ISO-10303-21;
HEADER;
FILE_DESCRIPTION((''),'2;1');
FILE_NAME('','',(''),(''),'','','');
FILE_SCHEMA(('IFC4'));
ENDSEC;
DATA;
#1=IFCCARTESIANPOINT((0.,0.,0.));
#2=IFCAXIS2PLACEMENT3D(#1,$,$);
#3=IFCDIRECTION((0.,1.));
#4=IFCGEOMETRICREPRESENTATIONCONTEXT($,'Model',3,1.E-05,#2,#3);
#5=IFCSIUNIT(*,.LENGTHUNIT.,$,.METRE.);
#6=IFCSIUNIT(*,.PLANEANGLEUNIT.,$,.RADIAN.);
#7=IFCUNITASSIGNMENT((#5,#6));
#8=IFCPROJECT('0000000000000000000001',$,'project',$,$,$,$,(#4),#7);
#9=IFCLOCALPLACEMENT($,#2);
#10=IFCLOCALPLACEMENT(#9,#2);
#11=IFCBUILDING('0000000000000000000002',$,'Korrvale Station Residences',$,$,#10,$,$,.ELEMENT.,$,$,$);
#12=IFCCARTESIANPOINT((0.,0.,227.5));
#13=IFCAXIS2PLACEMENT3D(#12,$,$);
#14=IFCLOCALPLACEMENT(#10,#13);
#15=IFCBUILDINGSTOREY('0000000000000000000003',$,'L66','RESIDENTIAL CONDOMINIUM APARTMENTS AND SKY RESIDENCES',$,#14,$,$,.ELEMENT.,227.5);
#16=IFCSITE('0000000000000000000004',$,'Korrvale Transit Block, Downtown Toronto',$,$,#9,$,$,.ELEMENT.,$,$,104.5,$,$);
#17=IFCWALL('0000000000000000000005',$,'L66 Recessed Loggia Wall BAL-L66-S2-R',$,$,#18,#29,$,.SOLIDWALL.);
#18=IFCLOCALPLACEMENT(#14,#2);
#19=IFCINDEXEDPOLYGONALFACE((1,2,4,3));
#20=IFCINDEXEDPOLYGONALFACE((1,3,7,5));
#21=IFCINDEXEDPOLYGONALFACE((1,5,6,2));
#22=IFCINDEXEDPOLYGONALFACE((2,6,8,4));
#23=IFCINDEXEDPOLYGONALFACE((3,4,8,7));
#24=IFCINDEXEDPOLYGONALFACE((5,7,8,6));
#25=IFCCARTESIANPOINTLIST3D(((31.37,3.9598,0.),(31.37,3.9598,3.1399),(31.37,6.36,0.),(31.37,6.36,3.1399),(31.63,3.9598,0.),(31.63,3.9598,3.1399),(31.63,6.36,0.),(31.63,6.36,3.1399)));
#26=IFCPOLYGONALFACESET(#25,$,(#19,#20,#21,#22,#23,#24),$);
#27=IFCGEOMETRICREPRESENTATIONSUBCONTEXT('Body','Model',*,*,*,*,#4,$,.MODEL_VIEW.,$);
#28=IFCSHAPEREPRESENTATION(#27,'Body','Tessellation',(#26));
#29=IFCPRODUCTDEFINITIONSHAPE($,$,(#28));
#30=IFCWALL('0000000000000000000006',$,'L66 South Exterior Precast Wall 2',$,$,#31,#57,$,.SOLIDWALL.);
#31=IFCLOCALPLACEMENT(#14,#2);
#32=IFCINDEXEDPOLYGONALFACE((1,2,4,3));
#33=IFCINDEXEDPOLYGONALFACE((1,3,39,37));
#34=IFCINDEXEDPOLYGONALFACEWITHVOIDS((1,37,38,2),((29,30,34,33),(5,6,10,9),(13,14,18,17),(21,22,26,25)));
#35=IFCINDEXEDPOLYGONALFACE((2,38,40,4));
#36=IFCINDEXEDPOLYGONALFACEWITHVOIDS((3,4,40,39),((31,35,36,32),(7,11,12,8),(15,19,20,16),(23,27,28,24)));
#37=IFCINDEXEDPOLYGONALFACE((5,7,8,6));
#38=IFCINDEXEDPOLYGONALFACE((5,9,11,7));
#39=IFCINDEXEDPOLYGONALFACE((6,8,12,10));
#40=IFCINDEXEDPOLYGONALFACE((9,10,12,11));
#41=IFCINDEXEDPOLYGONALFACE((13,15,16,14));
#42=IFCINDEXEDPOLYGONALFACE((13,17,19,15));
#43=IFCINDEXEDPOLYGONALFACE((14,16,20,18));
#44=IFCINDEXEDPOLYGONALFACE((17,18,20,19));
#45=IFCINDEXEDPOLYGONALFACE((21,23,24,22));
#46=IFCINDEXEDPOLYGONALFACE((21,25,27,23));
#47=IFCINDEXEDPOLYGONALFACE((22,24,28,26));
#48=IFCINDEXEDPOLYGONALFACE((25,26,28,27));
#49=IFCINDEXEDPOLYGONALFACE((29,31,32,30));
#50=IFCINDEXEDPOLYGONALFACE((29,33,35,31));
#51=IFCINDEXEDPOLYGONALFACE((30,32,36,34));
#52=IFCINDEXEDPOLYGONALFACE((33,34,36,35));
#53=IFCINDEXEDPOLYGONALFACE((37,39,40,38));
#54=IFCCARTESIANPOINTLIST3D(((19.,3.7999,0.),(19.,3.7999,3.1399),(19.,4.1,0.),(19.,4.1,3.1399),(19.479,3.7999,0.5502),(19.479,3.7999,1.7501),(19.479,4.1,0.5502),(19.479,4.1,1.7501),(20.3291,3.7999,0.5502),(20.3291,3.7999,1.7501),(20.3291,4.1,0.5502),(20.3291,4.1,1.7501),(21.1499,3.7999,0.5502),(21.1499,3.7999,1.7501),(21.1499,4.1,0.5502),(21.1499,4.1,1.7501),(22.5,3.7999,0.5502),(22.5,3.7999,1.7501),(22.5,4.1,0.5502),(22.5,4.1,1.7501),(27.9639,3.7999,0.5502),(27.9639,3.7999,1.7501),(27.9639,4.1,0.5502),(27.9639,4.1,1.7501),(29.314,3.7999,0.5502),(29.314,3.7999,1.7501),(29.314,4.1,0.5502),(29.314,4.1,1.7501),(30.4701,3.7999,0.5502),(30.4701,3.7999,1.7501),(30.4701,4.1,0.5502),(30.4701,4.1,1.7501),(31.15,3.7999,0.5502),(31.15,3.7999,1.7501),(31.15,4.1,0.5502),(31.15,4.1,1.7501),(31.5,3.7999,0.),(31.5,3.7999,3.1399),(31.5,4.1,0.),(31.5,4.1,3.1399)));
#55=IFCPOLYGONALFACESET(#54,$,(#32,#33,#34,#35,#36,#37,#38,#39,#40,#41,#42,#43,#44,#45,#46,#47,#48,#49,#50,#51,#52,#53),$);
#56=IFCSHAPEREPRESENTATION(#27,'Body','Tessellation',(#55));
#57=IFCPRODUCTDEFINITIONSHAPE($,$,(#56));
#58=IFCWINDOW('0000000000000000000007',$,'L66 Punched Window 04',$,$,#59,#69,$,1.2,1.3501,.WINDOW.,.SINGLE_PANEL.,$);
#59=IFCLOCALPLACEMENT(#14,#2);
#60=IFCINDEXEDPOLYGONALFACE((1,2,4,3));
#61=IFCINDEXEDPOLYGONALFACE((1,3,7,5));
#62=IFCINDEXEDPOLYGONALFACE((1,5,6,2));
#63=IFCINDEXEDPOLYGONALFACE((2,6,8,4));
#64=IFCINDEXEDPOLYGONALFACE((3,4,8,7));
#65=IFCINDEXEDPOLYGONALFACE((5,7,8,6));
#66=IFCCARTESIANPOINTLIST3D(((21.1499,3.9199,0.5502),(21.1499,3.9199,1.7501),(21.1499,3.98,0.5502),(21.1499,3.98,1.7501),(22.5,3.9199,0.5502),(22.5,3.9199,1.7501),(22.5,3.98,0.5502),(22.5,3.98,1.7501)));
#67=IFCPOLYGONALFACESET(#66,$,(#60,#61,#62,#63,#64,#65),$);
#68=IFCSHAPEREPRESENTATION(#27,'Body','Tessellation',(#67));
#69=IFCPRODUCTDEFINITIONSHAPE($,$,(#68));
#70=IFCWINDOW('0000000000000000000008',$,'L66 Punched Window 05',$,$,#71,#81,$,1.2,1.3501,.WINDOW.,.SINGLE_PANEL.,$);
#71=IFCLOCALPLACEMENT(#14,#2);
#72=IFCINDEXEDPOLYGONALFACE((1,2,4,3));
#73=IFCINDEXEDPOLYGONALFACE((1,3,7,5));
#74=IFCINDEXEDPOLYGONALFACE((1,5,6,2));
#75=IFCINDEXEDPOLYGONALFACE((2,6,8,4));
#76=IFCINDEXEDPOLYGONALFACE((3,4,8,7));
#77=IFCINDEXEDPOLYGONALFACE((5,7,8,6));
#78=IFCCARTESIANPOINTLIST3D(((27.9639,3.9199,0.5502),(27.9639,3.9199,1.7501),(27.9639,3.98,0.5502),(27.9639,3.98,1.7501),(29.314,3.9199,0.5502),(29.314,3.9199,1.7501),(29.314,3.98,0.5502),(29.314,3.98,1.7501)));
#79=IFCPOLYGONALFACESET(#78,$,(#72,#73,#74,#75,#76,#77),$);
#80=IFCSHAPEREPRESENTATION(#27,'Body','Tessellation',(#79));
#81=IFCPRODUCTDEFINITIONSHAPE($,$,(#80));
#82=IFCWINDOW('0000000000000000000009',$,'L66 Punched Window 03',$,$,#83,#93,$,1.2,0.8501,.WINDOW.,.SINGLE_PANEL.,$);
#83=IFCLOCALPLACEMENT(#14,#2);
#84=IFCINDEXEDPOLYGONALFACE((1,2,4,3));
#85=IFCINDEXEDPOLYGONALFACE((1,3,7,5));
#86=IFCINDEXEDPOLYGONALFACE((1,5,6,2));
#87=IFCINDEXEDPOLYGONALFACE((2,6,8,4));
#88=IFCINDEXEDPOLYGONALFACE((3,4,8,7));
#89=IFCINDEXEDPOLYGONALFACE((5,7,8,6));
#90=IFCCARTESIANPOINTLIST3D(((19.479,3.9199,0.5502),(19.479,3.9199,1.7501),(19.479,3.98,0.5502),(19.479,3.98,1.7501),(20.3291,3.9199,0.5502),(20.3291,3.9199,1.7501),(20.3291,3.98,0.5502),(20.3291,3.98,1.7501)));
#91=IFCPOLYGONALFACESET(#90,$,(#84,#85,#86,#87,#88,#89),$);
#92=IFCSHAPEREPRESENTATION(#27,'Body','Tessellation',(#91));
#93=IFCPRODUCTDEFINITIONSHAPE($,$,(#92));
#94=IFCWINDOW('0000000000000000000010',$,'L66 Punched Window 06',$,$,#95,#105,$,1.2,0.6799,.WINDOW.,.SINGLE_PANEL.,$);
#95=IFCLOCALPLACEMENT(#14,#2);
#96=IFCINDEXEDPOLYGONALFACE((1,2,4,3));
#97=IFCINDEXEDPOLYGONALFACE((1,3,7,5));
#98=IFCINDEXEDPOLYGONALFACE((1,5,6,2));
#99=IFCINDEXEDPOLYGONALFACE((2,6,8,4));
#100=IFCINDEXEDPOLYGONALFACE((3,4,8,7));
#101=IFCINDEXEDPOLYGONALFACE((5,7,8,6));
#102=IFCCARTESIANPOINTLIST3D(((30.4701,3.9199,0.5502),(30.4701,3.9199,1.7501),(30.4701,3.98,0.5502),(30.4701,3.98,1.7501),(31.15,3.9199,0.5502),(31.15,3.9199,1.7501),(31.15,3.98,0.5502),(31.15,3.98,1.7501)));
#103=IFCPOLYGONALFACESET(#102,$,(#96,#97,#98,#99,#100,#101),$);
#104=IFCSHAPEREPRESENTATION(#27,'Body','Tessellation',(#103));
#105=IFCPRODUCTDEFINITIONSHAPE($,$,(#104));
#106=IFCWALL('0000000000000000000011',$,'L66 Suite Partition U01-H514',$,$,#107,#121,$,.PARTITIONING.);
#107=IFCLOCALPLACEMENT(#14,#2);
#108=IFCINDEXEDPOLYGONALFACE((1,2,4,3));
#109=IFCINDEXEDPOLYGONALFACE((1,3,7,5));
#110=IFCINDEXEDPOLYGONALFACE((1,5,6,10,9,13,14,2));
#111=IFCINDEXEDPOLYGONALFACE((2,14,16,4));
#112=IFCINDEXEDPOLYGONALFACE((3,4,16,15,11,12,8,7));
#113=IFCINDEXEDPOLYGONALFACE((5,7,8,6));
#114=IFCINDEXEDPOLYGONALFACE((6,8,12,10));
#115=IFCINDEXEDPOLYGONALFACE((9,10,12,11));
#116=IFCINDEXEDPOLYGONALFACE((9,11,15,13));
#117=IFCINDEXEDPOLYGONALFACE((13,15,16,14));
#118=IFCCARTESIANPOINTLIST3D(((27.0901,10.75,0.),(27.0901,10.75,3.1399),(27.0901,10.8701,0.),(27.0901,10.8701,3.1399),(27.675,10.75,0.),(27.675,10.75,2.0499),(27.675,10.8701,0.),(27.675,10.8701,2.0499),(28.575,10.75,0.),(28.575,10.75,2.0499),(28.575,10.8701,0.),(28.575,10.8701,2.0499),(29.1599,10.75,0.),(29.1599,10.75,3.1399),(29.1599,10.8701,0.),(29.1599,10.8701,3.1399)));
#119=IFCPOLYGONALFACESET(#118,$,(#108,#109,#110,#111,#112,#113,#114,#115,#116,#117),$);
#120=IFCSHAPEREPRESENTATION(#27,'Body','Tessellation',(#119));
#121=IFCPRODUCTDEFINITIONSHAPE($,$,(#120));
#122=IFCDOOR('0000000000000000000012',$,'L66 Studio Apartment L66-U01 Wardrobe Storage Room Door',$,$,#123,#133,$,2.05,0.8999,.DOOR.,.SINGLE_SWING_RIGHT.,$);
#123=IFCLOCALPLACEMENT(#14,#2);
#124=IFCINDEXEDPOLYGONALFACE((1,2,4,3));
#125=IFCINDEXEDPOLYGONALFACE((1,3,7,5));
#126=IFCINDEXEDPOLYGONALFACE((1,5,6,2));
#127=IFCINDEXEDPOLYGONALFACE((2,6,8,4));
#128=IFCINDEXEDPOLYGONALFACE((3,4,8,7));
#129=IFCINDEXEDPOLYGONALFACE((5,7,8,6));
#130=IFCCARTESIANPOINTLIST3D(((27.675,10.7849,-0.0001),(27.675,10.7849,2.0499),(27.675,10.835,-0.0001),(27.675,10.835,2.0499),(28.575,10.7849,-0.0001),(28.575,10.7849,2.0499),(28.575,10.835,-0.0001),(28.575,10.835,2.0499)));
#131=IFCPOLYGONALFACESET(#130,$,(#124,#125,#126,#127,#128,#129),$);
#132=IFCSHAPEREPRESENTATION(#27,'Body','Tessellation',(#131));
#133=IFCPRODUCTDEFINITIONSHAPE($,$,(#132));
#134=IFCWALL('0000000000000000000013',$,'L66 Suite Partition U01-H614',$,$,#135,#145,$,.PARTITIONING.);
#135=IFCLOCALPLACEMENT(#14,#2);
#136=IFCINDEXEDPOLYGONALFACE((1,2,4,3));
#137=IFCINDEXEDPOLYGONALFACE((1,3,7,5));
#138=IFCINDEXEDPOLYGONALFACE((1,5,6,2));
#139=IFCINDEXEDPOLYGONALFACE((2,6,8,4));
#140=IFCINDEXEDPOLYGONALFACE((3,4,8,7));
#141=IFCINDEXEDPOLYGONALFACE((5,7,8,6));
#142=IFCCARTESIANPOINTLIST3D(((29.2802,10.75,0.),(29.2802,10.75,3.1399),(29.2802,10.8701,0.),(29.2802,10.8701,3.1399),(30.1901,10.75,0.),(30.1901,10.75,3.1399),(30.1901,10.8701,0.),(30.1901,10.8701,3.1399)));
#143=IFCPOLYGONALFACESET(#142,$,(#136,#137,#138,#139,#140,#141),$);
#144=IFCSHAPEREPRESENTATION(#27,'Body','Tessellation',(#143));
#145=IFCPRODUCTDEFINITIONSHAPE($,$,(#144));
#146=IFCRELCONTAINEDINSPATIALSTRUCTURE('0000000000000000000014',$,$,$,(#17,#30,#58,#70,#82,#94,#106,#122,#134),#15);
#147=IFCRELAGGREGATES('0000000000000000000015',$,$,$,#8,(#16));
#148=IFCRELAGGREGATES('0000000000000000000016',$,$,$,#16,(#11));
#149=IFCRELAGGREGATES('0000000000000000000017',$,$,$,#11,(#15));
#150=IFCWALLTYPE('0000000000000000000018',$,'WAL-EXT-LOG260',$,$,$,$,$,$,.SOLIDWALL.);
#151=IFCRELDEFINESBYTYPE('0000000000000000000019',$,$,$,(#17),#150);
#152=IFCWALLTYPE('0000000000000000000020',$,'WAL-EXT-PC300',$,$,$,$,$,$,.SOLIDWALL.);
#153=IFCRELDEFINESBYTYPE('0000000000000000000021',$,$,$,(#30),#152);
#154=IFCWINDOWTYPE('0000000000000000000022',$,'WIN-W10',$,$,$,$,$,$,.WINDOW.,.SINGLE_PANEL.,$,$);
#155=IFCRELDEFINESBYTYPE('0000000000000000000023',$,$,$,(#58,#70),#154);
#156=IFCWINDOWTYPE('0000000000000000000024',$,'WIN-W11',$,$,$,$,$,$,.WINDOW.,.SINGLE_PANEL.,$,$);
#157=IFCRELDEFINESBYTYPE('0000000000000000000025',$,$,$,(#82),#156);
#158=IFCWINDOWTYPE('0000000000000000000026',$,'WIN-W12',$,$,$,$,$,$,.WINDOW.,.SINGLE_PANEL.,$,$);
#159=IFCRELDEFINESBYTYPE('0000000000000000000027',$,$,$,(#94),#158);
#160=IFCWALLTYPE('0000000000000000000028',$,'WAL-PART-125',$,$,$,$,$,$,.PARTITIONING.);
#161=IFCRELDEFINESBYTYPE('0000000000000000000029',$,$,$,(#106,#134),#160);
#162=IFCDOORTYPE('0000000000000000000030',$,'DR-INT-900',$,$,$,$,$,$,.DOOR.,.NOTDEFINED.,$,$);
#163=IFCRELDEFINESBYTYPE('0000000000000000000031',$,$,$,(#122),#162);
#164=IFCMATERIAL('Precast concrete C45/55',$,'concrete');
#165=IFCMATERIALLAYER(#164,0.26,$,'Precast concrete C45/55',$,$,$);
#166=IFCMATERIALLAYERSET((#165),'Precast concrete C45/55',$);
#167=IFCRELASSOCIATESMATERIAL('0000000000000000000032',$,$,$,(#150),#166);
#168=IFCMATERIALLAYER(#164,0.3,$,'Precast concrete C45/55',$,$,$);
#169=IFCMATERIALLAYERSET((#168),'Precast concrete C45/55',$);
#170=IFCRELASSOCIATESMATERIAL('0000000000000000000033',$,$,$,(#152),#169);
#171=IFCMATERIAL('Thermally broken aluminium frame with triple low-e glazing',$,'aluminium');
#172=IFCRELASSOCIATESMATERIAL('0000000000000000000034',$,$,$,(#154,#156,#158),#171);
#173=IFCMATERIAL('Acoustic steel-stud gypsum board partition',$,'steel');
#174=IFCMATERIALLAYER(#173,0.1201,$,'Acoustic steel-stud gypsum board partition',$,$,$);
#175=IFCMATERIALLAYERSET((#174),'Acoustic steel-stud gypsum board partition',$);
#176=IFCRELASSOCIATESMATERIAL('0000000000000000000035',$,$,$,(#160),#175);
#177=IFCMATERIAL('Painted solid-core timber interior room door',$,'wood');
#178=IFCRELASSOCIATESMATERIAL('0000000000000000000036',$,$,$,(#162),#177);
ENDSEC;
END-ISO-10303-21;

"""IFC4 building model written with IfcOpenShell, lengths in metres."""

from ifc_helpers import new_model, si_unit, direction, frame, frame_2d, origin, place, context, subcontext, project, spatial, rectangle, extrude, material, layer, layer_set, type_object, element, fill, save


model = new_model("IFC4")

# Units and contexts
model_context = context("Model", 3, precision=1e-05, world=origin(), true_north=direction((0.0, 1.0)))
body_context = subcontext(model_context, "Body", "Model", "MODEL_VIEW")
ifc_project = project(units=[si_unit("LENGTHUNIT", "METRE"), si_unit("PLANEANGLEUNIT", "RADIAN")], contexts=[model_context])

# Site, building, storey
site_placement = place(None, origin())
site = spatial("IfcSite", under=ifc_project, at=site_placement, Name="Korrvale Transit Block, Downtown Toronto", CompositionType="ELEMENT", RefElevation=104.5)
building_placement = place(site_placement, origin())
building = spatial("IfcBuilding", under=site, at=building_placement, Name="Korrvale Station Residences", CompositionType="ELEMENT")
storey_placement = place(building_placement, frame((0.0, 0.0, 227.5)))
storey = spatial("IfcBuildingStorey", under=building, at=storey_placement, Name="L66", Description="RESIDENTIAL CONDOMINIUM APARTMENTS AND SKY RESIDENCES", CompositionType="ELEMENT", Elevation=227.5)

# Wall
ifc_material_1 = material(Name="Precast concrete C45/55", Category="concrete")
ifc_layer_1 = layer(ifc_material_1, 0.26, Name="Precast concrete C45/55")
ifc_layer_set_1 = layer_set([ifc_layer_1], Name="Precast concrete C45/55")
wall_type_1 = type_object("IfcWallType", Name="WAL-EXT-LOG260", PredefinedType="SOLIDWALL", material=ifc_layer_set_1)
wall_1_placement = place(storey_placement, frame((31.5, 6.3601, 0.0), z_axis=(0.0, 0.0, 1.0), x_axis=(0.0, -1.0, 0.0)))
element("IfcWall", 1, at=wall_1_placement, inside=storey, type_object=wall_type_1, Name="L66 Recessed Loggia Wall BAL-L66-S2-R", PredefinedType="SOLIDWALL", context=body_context, shape_type="SweptSolid", body=[
    extrude(rectangle(XDim=2.4001, YDim=0.26, at=frame_2d((1.2002, 0.0))), origin(), (0.0, 0.0, 1.0), 3.1399),
])

# Wall, openings, windows
ifc_layer_2 = layer(ifc_material_1, 0.3, Name="Precast concrete C45/55")
ifc_layer_set_2 = layer_set([ifc_layer_2], Name="Precast concrete C45/55")
wall_type_2 = type_object("IfcWallType", Name="WAL-EXT-PC300", PredefinedType="SOLIDWALL", material=ifc_layer_set_2)
wall_2_placement = place(storey_placement, frame((31.5, 3.95, 0.0), z_axis=(0.0, 0.0, 1.0), x_axis=(-1.0, 0.0, 0.0)))
wall_2 = element("IfcWall", 2, at=wall_2_placement, inside=storey, type_object=wall_type_2, Name="L66 South Exterior Precast Wall 2", PredefinedType="SOLIDWALL", context=body_context, shape_type="SweptSolid", body=[
    extrude(rectangle(XDim=12.5, YDim=0.3, at=frame_2d((6.25, 0.0))), origin(), (0.0, 0.0, 1.0), 3.1399),
])
opening_1_placement = place(wall_2_placement, frame((11.1709, 0.0, 0.55)))
opening_1 = element("IfcOpeningElement", 3, at=opening_1_placement, cuts=wall_2, PredefinedType="OPENING", context=body_context, shape_type="SweptSolid", body=[
    extrude(rectangle(XDim=0.8501, YDim=1.2, at=frame_2d((0.425, 0.6001))), frame((0.0, 0.1602, 0.0), z_axis=(0.0, -1.0, 0.0), x_axis=(1.0, 0.0, 0.0)), (0.0, 0.0, 1.0), 0.3201),
])
opening_2_placement = place(wall_2_placement, frame((9.0, 0.0, 0.55)))
opening_2 = element("IfcOpeningElement", 4, at=opening_2_placement, cuts=wall_2, PredefinedType="OPENING", context=body_context, shape_type="SweptSolid", body=[
    extrude(rectangle(XDim=1.3501, YDim=1.2, at=frame_2d((0.675, 0.6001))), frame((0.0, 0.1602, 0.0), z_axis=(0.0, -1.0, 0.0), x_axis=(1.0, 0.0, 0.0)), (0.0, 0.0, 1.0), 0.3201),
])
opening_3_placement = place(wall_2_placement, frame((2.186, 0.0, 0.55)))
opening_3 = element("IfcOpeningElement", 5, at=opening_3_placement, cuts=wall_2, PredefinedType="OPENING", context=body_context, shape_type="SweptSolid", body=[
    extrude(rectangle(XDim=1.3501, YDim=1.2, at=frame_2d((0.675, 0.6001))), frame((0.0, 0.1602, 0.0), z_axis=(0.0, -1.0, 0.0), x_axis=(1.0, 0.0, 0.0)), (0.0, 0.0, 1.0), 0.3201),
])
opening_4_placement = place(wall_2_placement, frame((0.3501, 0.0, 0.55)))
opening_4 = element("IfcOpeningElement", 6, at=opening_4_placement, cuts=wall_2, PredefinedType="OPENING", context=body_context, shape_type="SweptSolid", body=[
    extrude(rectangle(XDim=0.6799, YDim=1.2, at=frame_2d((0.3398, 0.6001))), frame((0.0, 0.1602, 0.0), z_axis=(0.0, -1.0, 0.0), x_axis=(1.0, 0.0, 0.0)), (0.0, 0.0, 1.0), 0.3201),
])
ifc_material_2 = material(Name="Thermally broken aluminium frame with triple low-e glazing", Category="aluminium")
window_type_1 = type_object("IfcWindowType", Name="WIN-W10", PartitioningType="SINGLE_PANEL", PredefinedType="WINDOW", material=ifc_material_2)
window_1_placement = place(opening_2_placement, origin())
window_1 = element("IfcWindow", 7, at=window_1_placement, inside=storey, type_object=window_type_1, Name="L66 Punched Window 04", OverallHeight=1.2, OverallWidth=1.3501, PartitioningType="SINGLE_PANEL", PredefinedType="WINDOW", context=body_context, shape_type="SweptSolid", body=[
    extrude(rectangle(XDim=1.3501, YDim=1.2, at=frame_2d((0.675, 0.6001))), frame((0.0, 0.03, 0.0), z_axis=(0.0, -1.0, 0.0), x_axis=(1.0, 0.0, 0.0)), (0.0, 0.0, 1.0), 0.0601),
])
fill(opening_2, window_1)
window_2_placement = place(opening_3_placement, origin())
window_2 = element("IfcWindow", 8, at=window_2_placement, inside=storey, type_object=window_type_1, Name="L66 Punched Window 05", OverallHeight=1.2, OverallWidth=1.3501, PartitioningType="SINGLE_PANEL", PredefinedType="WINDOW", context=body_context, shape_type="SweptSolid", body=[
    extrude(rectangle(XDim=1.3501, YDim=1.2, at=frame_2d((0.675, 0.6001))), frame((0.0, 0.03, 0.0), z_axis=(0.0, -1.0, 0.0), x_axis=(1.0, 0.0, 0.0)), (0.0, 0.0, 1.0), 0.0601),
])
fill(opening_3, window_2)
window_type_2 = type_object("IfcWindowType", Name="WIN-W11", PartitioningType="SINGLE_PANEL", PredefinedType="WINDOW", material=ifc_material_2)
window_3_placement = place(opening_1_placement, origin())
window_3 = element("IfcWindow", 9, at=window_3_placement, inside=storey, type_object=window_type_2, Name="L66 Punched Window 03", OverallHeight=1.2, OverallWidth=0.8501, PartitioningType="SINGLE_PANEL", PredefinedType="WINDOW", context=body_context, shape_type="SweptSolid", body=[
    extrude(rectangle(XDim=0.8501, YDim=1.2, at=frame_2d((0.425, 0.6001))), frame((0.0, 0.03, 0.0), z_axis=(0.0, -1.0, 0.0), x_axis=(1.0, 0.0, 0.0)), (0.0, 0.0, 1.0), 0.0601),
])
fill(opening_1, window_3)
window_type_3 = type_object("IfcWindowType", Name="WIN-W12", PartitioningType="SINGLE_PANEL", PredefinedType="WINDOW", material=ifc_material_2)
window_4_placement = place(opening_4_placement, origin())
window_4 = element("IfcWindow", 10, at=window_4_placement, inside=storey, type_object=window_type_3, Name="L66 Punched Window 06", OverallHeight=1.2, OverallWidth=0.6799, PartitioningType="SINGLE_PANEL", PredefinedType="WINDOW", context=body_context, shape_type="SweptSolid", body=[
    extrude(rectangle(XDim=0.6799, YDim=1.2, at=frame_2d((0.3398, 0.6001))), frame((0.0, 0.03, 0.0), z_axis=(0.0, -1.0, 0.0), x_axis=(1.0, 0.0, 0.0)), (0.0, 0.0, 1.0), 0.0601),
])
fill(opening_4, window_4)

# Wall, opening, door
ifc_material_3 = material(Name="Acoustic steel-stud gypsum board partition", Category="steel")
ifc_layer_3 = layer(ifc_material_3, 0.1201, Name="Acoustic steel-stud gypsum board partition")
ifc_layer_set_3 = layer_set([ifc_layer_3], Name="Acoustic steel-stud gypsum board partition")
wall_type_3 = type_object("IfcWallType", Name="WAL-PART-125", PredefinedType="PARTITIONING", material=ifc_layer_set_3)
wall_3_placement = place(storey_placement, frame((27.0901, 10.8101, 0.0), z_axis=(0.0, 0.0, 1.0), x_axis=(1.0, 0.0, 0.0)))
wall_3 = element("IfcWall", 11, at=wall_3_placement, inside=storey, type_object=wall_type_3, Name="L66 Suite Partition U01-H514", PredefinedType="PARTITIONING", context=body_context, shape_type="SweptSolid", body=[
    extrude(rectangle(XDim=2.0698, YDim=0.1201, at=frame_2d((1.0349, 0.0))), origin(), (0.0, 0.0, 1.0), 3.1399),
])
opening_5_placement = place(wall_3_placement, frame((0.585, 0.0, 0.0)))
opening_5 = element("IfcOpeningElement", 12, at=opening_5_placement, cuts=wall_3, PredefinedType="OPENING", context=body_context, shape_type="SweptSolid", body=[
    extrude(rectangle(XDim=0.8999, YDim=2.05, at=frame_2d((0.45, 1.0249))), frame((0.0, 0.0701, 0.0), z_axis=(0.0, -1.0, 0.0), x_axis=(1.0, 0.0, 0.0)), (0.0, 0.0, 1.0), 0.1401),
])
ifc_material_4 = material(Name="Painted solid-core timber interior room door", Category="wood")
door_type = type_object("IfcDoorType", Name="DR-INT-900", OperationType="NOTDEFINED", PredefinedType="DOOR", material=ifc_material_4)
door_1_placement = place(opening_5_placement, origin())
door_1 = element("IfcDoor", 13, at=door_1_placement, inside=storey, type_object=door_type, Name="L66 Studio Apartment L66-U01 Wardrobe Storage Room Door", OperationType="SINGLE_SWING_RIGHT", OverallHeight=2.05, OverallWidth=0.8999, PredefinedType="DOOR", context=body_context, shape_type="SweptSolid", body=[
    extrude(rectangle(XDim=0.8999, YDim=2.05, at=frame_2d((0.45, 1.0249))), frame((0.0, 0.0249, 0.0), z_axis=(0.0, -1.0, 0.0), x_axis=(1.0, 0.0, 0.0)), (0.0, 0.0, 1.0), 0.05),
])
fill(opening_5, door_1)

# Wall
wall_4_placement = place(storey_placement, frame((29.28, 10.8101, 0.0), z_axis=(0.0, 0.0, 1.0), x_axis=(1.0, 0.0, 0.0)))
element("IfcWall", 14, at=wall_4_placement, inside=storey, type_object=wall_type_3, Name="L66 Suite Partition U01-H614", PredefinedType="PARTITIONING", context=body_context, shape_type="SweptSolid", body=[
    extrude(rectangle(XDim=0.9099, YDim=0.1201, at=frame_2d((0.4551, 0.0))), origin(), (0.0, 0.0, 1.0), 3.1399),
])

save(model, "model.ifc")
